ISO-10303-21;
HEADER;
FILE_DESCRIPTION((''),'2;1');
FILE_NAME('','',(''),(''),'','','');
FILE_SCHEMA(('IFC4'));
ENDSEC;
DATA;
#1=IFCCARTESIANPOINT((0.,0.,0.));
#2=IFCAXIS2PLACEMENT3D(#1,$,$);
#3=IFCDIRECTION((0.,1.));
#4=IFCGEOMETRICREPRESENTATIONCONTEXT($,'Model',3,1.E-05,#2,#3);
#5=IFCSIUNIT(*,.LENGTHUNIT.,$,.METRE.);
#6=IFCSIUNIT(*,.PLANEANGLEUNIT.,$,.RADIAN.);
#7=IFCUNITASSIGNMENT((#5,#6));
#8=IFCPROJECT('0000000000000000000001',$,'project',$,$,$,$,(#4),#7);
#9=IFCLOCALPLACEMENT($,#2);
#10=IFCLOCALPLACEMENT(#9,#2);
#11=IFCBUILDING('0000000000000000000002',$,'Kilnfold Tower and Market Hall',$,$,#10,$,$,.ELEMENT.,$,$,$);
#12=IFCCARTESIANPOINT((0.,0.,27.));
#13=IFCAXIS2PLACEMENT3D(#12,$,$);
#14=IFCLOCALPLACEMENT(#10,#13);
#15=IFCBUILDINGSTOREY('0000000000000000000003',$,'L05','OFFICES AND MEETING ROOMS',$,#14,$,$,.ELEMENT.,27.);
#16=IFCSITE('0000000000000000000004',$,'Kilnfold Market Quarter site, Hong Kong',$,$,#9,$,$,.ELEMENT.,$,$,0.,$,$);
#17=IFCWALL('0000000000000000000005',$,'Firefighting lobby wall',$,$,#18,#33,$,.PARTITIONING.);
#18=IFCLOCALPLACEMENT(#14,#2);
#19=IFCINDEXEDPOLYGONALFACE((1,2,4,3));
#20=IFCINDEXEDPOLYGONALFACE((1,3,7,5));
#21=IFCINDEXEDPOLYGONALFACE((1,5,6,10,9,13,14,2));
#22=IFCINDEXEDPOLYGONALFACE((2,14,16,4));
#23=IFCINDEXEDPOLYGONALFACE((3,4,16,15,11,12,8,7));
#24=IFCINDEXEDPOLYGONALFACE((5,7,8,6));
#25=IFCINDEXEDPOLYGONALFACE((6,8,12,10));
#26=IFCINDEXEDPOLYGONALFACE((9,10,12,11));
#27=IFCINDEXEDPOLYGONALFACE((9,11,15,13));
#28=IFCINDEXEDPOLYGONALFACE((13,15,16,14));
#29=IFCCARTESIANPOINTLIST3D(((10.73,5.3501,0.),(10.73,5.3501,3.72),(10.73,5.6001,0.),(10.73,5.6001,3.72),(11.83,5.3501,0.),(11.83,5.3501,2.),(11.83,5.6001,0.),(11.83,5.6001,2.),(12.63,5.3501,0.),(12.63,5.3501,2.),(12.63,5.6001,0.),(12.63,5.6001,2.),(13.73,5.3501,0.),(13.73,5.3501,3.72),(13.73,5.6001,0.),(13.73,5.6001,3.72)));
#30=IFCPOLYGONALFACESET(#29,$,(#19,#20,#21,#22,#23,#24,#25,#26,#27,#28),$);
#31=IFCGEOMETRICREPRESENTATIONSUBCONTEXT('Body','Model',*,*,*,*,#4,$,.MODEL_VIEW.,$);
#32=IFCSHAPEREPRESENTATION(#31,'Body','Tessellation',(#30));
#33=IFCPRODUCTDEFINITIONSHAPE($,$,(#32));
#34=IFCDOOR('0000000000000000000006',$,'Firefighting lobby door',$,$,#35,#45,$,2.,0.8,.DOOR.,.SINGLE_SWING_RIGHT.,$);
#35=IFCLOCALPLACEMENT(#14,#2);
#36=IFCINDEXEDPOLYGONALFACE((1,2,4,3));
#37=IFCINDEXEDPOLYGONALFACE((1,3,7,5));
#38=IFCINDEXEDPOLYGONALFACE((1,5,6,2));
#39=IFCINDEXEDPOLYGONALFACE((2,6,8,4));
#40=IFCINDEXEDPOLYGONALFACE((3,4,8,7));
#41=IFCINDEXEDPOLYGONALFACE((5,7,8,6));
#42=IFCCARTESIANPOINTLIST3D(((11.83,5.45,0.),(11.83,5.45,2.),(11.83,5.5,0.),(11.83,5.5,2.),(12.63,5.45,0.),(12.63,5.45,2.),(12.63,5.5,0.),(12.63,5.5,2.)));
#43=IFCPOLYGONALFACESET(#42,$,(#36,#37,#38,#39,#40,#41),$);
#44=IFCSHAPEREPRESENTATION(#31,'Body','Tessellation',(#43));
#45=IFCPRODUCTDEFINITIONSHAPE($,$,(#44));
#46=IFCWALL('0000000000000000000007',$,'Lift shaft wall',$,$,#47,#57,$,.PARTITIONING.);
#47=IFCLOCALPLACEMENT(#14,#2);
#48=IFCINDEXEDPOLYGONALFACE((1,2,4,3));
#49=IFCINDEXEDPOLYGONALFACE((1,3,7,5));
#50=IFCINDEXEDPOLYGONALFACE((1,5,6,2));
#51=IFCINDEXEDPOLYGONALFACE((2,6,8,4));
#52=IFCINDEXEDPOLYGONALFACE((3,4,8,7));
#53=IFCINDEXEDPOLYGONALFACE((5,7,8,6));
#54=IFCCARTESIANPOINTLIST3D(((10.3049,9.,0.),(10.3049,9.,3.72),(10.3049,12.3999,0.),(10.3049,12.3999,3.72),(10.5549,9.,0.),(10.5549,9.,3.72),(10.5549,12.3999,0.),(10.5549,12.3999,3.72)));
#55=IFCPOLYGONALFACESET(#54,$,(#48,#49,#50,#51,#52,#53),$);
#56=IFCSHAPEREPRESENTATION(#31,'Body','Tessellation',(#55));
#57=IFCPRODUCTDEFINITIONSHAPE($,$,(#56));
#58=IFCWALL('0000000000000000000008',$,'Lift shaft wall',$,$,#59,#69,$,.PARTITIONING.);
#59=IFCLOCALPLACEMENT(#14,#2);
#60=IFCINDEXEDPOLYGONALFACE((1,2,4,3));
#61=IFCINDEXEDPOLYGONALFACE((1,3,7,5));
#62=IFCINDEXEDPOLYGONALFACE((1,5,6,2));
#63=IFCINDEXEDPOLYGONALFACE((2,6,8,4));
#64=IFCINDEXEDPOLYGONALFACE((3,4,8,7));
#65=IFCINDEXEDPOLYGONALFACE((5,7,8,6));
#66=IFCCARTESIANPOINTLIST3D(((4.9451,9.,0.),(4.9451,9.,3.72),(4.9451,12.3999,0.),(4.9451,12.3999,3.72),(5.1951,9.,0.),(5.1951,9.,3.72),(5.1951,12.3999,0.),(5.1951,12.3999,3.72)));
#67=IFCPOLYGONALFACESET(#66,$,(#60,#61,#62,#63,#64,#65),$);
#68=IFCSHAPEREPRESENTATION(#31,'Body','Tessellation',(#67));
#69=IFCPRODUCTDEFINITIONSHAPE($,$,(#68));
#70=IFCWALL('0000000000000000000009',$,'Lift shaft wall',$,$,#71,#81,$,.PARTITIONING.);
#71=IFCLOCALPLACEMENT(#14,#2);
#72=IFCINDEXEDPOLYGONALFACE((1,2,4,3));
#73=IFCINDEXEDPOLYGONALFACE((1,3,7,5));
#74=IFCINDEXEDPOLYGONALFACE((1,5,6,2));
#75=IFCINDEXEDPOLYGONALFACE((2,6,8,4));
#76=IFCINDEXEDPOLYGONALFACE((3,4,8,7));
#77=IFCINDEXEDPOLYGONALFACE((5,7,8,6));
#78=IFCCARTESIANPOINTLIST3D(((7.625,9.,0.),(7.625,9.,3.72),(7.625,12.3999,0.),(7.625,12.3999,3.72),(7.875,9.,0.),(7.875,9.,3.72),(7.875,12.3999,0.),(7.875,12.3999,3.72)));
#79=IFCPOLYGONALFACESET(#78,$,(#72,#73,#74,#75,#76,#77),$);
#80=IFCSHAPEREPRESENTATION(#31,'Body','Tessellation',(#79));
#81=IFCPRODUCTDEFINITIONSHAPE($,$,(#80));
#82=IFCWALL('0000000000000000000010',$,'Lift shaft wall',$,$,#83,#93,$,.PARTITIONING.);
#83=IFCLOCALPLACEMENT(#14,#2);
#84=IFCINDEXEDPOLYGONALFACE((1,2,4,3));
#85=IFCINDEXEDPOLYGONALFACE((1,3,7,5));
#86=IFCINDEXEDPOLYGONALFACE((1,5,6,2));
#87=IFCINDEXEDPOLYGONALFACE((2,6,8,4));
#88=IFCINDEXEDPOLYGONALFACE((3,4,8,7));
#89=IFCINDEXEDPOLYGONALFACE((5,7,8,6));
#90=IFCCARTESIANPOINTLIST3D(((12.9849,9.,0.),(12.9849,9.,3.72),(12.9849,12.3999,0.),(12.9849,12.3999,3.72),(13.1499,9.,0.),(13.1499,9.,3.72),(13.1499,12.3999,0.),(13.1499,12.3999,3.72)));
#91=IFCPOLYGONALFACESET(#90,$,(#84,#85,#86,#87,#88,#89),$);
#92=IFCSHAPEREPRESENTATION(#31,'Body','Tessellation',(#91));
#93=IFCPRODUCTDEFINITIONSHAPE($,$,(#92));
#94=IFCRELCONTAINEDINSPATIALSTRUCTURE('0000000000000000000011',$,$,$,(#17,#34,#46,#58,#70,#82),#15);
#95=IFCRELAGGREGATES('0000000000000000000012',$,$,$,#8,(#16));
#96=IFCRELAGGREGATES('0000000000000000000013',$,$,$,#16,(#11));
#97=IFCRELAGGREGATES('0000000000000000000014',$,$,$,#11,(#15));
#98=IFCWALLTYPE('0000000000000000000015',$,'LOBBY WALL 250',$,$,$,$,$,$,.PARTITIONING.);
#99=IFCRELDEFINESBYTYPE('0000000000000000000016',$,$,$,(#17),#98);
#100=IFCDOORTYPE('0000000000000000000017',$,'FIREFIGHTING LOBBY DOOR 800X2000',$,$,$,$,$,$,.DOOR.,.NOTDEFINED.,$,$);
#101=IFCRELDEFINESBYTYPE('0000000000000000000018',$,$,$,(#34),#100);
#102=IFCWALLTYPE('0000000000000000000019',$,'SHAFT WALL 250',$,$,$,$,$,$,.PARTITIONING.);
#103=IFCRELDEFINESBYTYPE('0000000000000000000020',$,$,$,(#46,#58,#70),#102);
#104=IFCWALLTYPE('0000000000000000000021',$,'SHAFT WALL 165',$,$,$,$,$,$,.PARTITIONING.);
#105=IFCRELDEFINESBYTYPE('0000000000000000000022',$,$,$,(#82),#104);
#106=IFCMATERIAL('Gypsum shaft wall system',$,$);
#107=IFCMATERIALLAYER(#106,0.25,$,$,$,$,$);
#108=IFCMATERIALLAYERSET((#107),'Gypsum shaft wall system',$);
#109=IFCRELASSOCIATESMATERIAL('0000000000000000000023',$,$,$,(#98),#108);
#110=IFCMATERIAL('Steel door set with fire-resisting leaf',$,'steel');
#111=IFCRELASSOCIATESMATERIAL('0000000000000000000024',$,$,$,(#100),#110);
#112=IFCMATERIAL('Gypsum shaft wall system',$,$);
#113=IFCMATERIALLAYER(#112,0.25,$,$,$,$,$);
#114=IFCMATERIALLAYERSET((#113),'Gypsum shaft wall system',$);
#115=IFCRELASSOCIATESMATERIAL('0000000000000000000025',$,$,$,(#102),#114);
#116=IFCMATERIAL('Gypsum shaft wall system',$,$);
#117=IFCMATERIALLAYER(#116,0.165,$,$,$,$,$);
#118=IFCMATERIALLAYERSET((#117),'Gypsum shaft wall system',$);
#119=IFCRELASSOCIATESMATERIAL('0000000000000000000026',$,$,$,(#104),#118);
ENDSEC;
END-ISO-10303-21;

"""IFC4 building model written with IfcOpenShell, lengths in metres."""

from ifc_helpers import new_model, si_unit, direction, frame, frame_2d, origin, place, context, subcontext, project, spatial, rectangle, extrude, source, transform, mapped, material, layer, layer_set, type_object, element, fill, save


model = new_model("IFC4")

# Units and contexts
model_context = context("Model", 3, precision=1e-05, world=origin(), true_north=direction((0.0, 1.0)))
body_context = subcontext(model_context, "Body", "Model", "MODEL_VIEW")
ifc_project = project(units=[si_unit("LENGTHUNIT", "METRE"), si_unit("PLANEANGLEUNIT", "RADIAN")], contexts=[model_context])

# Site, building, storey
site_placement = place(None, origin())
site = spatial("IfcSite", under=ifc_project, at=site_placement, Name="Kilnfold Market Quarter site, Hong Kong", CompositionType="ELEMENT", RefElevation=0.0)
building_placement = place(site_placement, origin())
building = spatial("IfcBuilding", under=site, at=building_placement, Name="Kilnfold Tower and Market Hall", CompositionType="ELEMENT")
storey_placement = place(building_placement, frame((0.0, 0.0, 27.0)))
storey = spatial("IfcBuildingStorey", under=building, at=storey_placement, Name="L05", Description="OFFICES AND MEETING ROOMS", CompositionType="ELEMENT", Elevation=27.0)

# Shared definitions
ifc_material_1 = material(Name="Gypsum shaft wall system")
ifc_layer_1 = layer(ifc_material_1, 0.25)
ifc_layer_set_1 = layer_set([ifc_layer_1], Name="Gypsum shaft wall system")
wall_type_1 = type_object("IfcWallType", Name="LOBBY WALL 250", PredefinedType="PARTITIONING", material=ifc_layer_set_1)

# Wall, opening, door
shared_shape_1 = source(origin(), body_context, "Body", "SweptSolid", [
    extrude(rectangle(XDim=3.0, YDim=0.25, at=frame_2d((1.5, 0.0))), origin(), (0.0, 0.0, 1.0), 3.72),
])
wall_1_placement = place(storey_placement, frame((10.73, 5.4751, 0.0), z_axis=(0.0, 0.0, 1.0), x_axis=(1.0, 0.0, 0.0)))
wall_1 = element("IfcWall", 1, at=wall_1_placement, inside=storey, type_object=wall_type_1, Name="Firefighting lobby wall", PredefinedType="PARTITIONING", context=body_context, shape_type="MappedRepresentation", body=[
    mapped(shared_shape_1, transform((0.0, 0.0, 0.0))),
])
opening_1_placement = place(wall_1_placement, frame((1.1001, 0.0, 0.0)))
opening_1 = element("IfcOpeningElement", 2, at=opening_1_placement, cuts=wall_1, PredefinedType="OPENING", context=body_context, shape_type="SweptSolid", body=[
    extrude(rectangle(XDim=0.8, YDim=2.0, at=frame_2d((0.3999, 1.0))), frame((0.0, 0.135, 0.0), z_axis=(0.0, -1.0, 0.0), x_axis=(1.0, 0.0, 0.0)), (0.0, 0.0, 1.0), 0.27),
])
ifc_material_2 = material(Name="Steel door set with fire-resisting leaf", Category="steel")
door_type_1 = type_object("IfcDoorType", Name="FIREFIGHTING LOBBY DOOR 800X2000", OperationType="NOTDEFINED", PredefinedType="DOOR", material=ifc_material_2)
door_1_placement = place(opening_1_placement, origin())
door_1 = element("IfcDoor", 3, at=door_1_placement, inside=storey, type_object=door_type_1, Name="Firefighting lobby door", OperationType="SINGLE_SWING_RIGHT", OverallHeight=2.0, OverallWidth=0.8, PredefinedType="DOOR", context=body_context, shape_type="SweptSolid", body=[
    extrude(rectangle(XDim=0.8, YDim=2.0, at=frame_2d((0.3999, 1.0))), frame((0.0, 0.0249, 0.0), z_axis=(0.0, -1.0, 0.0), x_axis=(1.0, 0.0, 0.0)), (0.0, 0.0, 1.0), 0.05),
])
fill(opening_1, door_1)

# Walls
ifc_material_3 = material(Name="Gypsum shaft wall system")
ifc_layer_2 = layer(ifc_material_3, 0.25)
ifc_layer_set_2 = layer_set([ifc_layer_2], Name="Gypsum shaft wall system")
wall_type_2 = type_object("IfcWallType", Name="SHAFT WALL 250", PredefinedType="PARTITIONING", material=ifc_layer_set_2)
shared_shape_2 = source(origin(), body_context, "Body", "SweptSolid", [
    extrude(rectangle(XDim=3.3999, YDim=0.25, at=frame_2d((1.7, 0.0))), origin(), (0.0, 0.0, 1.0), 3.72),
])
for number, where, z_axis, x_axis, name in (
    (4, (10.4299, 9.0, 0.0), (0.0, 0.0, 1.0), (0.0, 1.0, 0.0), "Lift shaft wall"),
    (5, (5.0701, 9.0, 0.0), (0.0, 0.0, 1.0), (0.0, 1.0, 0.0), "Lift shaft wall"),
    (6, (7.75, 9.0, 0.0), (0.0, 0.0, 1.0), (0.0, 1.0, 0.0), "Lift shaft wall"),
):
    element("IfcWall", number, at=place(storey_placement, frame(where, z_axis=z_axis, x_axis=x_axis)), inside=storey, type_object=wall_type_2, Name=name, PredefinedType="PARTITIONING", context=body_context, shape_type="MappedRepresentation", body=[
        mapped(shared_shape_2, transform((0.0, 0.0, 0.0))),
    ])
ifc_material_4 = material(Name="Gypsum shaft wall system")
ifc_layer_3 = layer(ifc_material_4, 0.165)
ifc_layer_set_3 = layer_set([ifc_layer_3], Name="Gypsum shaft wall system")
wall_type_3 = type_object("IfcWallType", Name="SHAFT WALL 165", PredefinedType="PARTITIONING", material=ifc_layer_set_3)
shared_shape_3 = source(origin(), body_context, "Body", "SweptSolid", [
    extrude(rectangle(XDim=3.3999, YDim=0.165, at=frame_2d((1.7, 0.0))), origin(), (0.0, 0.0, 1.0), 3.72),
])
wall_2_placement = place(storey_placement, frame((13.0674, 9.0, 0.0), z_axis=(0.0, 0.0, 1.0), x_axis=(0.0, 1.0, 0.0)))
element("IfcWall", 7, at=wall_2_placement, inside=storey, type_object=wall_type_3, Name="Lift shaft wall", PredefinedType="PARTITIONING", context=body_context, shape_type="MappedRepresentation", body=[
    mapped(shared_shape_3, transform((0.0, 0.0, 0.0))),
])

save(model, "model.ifc")
